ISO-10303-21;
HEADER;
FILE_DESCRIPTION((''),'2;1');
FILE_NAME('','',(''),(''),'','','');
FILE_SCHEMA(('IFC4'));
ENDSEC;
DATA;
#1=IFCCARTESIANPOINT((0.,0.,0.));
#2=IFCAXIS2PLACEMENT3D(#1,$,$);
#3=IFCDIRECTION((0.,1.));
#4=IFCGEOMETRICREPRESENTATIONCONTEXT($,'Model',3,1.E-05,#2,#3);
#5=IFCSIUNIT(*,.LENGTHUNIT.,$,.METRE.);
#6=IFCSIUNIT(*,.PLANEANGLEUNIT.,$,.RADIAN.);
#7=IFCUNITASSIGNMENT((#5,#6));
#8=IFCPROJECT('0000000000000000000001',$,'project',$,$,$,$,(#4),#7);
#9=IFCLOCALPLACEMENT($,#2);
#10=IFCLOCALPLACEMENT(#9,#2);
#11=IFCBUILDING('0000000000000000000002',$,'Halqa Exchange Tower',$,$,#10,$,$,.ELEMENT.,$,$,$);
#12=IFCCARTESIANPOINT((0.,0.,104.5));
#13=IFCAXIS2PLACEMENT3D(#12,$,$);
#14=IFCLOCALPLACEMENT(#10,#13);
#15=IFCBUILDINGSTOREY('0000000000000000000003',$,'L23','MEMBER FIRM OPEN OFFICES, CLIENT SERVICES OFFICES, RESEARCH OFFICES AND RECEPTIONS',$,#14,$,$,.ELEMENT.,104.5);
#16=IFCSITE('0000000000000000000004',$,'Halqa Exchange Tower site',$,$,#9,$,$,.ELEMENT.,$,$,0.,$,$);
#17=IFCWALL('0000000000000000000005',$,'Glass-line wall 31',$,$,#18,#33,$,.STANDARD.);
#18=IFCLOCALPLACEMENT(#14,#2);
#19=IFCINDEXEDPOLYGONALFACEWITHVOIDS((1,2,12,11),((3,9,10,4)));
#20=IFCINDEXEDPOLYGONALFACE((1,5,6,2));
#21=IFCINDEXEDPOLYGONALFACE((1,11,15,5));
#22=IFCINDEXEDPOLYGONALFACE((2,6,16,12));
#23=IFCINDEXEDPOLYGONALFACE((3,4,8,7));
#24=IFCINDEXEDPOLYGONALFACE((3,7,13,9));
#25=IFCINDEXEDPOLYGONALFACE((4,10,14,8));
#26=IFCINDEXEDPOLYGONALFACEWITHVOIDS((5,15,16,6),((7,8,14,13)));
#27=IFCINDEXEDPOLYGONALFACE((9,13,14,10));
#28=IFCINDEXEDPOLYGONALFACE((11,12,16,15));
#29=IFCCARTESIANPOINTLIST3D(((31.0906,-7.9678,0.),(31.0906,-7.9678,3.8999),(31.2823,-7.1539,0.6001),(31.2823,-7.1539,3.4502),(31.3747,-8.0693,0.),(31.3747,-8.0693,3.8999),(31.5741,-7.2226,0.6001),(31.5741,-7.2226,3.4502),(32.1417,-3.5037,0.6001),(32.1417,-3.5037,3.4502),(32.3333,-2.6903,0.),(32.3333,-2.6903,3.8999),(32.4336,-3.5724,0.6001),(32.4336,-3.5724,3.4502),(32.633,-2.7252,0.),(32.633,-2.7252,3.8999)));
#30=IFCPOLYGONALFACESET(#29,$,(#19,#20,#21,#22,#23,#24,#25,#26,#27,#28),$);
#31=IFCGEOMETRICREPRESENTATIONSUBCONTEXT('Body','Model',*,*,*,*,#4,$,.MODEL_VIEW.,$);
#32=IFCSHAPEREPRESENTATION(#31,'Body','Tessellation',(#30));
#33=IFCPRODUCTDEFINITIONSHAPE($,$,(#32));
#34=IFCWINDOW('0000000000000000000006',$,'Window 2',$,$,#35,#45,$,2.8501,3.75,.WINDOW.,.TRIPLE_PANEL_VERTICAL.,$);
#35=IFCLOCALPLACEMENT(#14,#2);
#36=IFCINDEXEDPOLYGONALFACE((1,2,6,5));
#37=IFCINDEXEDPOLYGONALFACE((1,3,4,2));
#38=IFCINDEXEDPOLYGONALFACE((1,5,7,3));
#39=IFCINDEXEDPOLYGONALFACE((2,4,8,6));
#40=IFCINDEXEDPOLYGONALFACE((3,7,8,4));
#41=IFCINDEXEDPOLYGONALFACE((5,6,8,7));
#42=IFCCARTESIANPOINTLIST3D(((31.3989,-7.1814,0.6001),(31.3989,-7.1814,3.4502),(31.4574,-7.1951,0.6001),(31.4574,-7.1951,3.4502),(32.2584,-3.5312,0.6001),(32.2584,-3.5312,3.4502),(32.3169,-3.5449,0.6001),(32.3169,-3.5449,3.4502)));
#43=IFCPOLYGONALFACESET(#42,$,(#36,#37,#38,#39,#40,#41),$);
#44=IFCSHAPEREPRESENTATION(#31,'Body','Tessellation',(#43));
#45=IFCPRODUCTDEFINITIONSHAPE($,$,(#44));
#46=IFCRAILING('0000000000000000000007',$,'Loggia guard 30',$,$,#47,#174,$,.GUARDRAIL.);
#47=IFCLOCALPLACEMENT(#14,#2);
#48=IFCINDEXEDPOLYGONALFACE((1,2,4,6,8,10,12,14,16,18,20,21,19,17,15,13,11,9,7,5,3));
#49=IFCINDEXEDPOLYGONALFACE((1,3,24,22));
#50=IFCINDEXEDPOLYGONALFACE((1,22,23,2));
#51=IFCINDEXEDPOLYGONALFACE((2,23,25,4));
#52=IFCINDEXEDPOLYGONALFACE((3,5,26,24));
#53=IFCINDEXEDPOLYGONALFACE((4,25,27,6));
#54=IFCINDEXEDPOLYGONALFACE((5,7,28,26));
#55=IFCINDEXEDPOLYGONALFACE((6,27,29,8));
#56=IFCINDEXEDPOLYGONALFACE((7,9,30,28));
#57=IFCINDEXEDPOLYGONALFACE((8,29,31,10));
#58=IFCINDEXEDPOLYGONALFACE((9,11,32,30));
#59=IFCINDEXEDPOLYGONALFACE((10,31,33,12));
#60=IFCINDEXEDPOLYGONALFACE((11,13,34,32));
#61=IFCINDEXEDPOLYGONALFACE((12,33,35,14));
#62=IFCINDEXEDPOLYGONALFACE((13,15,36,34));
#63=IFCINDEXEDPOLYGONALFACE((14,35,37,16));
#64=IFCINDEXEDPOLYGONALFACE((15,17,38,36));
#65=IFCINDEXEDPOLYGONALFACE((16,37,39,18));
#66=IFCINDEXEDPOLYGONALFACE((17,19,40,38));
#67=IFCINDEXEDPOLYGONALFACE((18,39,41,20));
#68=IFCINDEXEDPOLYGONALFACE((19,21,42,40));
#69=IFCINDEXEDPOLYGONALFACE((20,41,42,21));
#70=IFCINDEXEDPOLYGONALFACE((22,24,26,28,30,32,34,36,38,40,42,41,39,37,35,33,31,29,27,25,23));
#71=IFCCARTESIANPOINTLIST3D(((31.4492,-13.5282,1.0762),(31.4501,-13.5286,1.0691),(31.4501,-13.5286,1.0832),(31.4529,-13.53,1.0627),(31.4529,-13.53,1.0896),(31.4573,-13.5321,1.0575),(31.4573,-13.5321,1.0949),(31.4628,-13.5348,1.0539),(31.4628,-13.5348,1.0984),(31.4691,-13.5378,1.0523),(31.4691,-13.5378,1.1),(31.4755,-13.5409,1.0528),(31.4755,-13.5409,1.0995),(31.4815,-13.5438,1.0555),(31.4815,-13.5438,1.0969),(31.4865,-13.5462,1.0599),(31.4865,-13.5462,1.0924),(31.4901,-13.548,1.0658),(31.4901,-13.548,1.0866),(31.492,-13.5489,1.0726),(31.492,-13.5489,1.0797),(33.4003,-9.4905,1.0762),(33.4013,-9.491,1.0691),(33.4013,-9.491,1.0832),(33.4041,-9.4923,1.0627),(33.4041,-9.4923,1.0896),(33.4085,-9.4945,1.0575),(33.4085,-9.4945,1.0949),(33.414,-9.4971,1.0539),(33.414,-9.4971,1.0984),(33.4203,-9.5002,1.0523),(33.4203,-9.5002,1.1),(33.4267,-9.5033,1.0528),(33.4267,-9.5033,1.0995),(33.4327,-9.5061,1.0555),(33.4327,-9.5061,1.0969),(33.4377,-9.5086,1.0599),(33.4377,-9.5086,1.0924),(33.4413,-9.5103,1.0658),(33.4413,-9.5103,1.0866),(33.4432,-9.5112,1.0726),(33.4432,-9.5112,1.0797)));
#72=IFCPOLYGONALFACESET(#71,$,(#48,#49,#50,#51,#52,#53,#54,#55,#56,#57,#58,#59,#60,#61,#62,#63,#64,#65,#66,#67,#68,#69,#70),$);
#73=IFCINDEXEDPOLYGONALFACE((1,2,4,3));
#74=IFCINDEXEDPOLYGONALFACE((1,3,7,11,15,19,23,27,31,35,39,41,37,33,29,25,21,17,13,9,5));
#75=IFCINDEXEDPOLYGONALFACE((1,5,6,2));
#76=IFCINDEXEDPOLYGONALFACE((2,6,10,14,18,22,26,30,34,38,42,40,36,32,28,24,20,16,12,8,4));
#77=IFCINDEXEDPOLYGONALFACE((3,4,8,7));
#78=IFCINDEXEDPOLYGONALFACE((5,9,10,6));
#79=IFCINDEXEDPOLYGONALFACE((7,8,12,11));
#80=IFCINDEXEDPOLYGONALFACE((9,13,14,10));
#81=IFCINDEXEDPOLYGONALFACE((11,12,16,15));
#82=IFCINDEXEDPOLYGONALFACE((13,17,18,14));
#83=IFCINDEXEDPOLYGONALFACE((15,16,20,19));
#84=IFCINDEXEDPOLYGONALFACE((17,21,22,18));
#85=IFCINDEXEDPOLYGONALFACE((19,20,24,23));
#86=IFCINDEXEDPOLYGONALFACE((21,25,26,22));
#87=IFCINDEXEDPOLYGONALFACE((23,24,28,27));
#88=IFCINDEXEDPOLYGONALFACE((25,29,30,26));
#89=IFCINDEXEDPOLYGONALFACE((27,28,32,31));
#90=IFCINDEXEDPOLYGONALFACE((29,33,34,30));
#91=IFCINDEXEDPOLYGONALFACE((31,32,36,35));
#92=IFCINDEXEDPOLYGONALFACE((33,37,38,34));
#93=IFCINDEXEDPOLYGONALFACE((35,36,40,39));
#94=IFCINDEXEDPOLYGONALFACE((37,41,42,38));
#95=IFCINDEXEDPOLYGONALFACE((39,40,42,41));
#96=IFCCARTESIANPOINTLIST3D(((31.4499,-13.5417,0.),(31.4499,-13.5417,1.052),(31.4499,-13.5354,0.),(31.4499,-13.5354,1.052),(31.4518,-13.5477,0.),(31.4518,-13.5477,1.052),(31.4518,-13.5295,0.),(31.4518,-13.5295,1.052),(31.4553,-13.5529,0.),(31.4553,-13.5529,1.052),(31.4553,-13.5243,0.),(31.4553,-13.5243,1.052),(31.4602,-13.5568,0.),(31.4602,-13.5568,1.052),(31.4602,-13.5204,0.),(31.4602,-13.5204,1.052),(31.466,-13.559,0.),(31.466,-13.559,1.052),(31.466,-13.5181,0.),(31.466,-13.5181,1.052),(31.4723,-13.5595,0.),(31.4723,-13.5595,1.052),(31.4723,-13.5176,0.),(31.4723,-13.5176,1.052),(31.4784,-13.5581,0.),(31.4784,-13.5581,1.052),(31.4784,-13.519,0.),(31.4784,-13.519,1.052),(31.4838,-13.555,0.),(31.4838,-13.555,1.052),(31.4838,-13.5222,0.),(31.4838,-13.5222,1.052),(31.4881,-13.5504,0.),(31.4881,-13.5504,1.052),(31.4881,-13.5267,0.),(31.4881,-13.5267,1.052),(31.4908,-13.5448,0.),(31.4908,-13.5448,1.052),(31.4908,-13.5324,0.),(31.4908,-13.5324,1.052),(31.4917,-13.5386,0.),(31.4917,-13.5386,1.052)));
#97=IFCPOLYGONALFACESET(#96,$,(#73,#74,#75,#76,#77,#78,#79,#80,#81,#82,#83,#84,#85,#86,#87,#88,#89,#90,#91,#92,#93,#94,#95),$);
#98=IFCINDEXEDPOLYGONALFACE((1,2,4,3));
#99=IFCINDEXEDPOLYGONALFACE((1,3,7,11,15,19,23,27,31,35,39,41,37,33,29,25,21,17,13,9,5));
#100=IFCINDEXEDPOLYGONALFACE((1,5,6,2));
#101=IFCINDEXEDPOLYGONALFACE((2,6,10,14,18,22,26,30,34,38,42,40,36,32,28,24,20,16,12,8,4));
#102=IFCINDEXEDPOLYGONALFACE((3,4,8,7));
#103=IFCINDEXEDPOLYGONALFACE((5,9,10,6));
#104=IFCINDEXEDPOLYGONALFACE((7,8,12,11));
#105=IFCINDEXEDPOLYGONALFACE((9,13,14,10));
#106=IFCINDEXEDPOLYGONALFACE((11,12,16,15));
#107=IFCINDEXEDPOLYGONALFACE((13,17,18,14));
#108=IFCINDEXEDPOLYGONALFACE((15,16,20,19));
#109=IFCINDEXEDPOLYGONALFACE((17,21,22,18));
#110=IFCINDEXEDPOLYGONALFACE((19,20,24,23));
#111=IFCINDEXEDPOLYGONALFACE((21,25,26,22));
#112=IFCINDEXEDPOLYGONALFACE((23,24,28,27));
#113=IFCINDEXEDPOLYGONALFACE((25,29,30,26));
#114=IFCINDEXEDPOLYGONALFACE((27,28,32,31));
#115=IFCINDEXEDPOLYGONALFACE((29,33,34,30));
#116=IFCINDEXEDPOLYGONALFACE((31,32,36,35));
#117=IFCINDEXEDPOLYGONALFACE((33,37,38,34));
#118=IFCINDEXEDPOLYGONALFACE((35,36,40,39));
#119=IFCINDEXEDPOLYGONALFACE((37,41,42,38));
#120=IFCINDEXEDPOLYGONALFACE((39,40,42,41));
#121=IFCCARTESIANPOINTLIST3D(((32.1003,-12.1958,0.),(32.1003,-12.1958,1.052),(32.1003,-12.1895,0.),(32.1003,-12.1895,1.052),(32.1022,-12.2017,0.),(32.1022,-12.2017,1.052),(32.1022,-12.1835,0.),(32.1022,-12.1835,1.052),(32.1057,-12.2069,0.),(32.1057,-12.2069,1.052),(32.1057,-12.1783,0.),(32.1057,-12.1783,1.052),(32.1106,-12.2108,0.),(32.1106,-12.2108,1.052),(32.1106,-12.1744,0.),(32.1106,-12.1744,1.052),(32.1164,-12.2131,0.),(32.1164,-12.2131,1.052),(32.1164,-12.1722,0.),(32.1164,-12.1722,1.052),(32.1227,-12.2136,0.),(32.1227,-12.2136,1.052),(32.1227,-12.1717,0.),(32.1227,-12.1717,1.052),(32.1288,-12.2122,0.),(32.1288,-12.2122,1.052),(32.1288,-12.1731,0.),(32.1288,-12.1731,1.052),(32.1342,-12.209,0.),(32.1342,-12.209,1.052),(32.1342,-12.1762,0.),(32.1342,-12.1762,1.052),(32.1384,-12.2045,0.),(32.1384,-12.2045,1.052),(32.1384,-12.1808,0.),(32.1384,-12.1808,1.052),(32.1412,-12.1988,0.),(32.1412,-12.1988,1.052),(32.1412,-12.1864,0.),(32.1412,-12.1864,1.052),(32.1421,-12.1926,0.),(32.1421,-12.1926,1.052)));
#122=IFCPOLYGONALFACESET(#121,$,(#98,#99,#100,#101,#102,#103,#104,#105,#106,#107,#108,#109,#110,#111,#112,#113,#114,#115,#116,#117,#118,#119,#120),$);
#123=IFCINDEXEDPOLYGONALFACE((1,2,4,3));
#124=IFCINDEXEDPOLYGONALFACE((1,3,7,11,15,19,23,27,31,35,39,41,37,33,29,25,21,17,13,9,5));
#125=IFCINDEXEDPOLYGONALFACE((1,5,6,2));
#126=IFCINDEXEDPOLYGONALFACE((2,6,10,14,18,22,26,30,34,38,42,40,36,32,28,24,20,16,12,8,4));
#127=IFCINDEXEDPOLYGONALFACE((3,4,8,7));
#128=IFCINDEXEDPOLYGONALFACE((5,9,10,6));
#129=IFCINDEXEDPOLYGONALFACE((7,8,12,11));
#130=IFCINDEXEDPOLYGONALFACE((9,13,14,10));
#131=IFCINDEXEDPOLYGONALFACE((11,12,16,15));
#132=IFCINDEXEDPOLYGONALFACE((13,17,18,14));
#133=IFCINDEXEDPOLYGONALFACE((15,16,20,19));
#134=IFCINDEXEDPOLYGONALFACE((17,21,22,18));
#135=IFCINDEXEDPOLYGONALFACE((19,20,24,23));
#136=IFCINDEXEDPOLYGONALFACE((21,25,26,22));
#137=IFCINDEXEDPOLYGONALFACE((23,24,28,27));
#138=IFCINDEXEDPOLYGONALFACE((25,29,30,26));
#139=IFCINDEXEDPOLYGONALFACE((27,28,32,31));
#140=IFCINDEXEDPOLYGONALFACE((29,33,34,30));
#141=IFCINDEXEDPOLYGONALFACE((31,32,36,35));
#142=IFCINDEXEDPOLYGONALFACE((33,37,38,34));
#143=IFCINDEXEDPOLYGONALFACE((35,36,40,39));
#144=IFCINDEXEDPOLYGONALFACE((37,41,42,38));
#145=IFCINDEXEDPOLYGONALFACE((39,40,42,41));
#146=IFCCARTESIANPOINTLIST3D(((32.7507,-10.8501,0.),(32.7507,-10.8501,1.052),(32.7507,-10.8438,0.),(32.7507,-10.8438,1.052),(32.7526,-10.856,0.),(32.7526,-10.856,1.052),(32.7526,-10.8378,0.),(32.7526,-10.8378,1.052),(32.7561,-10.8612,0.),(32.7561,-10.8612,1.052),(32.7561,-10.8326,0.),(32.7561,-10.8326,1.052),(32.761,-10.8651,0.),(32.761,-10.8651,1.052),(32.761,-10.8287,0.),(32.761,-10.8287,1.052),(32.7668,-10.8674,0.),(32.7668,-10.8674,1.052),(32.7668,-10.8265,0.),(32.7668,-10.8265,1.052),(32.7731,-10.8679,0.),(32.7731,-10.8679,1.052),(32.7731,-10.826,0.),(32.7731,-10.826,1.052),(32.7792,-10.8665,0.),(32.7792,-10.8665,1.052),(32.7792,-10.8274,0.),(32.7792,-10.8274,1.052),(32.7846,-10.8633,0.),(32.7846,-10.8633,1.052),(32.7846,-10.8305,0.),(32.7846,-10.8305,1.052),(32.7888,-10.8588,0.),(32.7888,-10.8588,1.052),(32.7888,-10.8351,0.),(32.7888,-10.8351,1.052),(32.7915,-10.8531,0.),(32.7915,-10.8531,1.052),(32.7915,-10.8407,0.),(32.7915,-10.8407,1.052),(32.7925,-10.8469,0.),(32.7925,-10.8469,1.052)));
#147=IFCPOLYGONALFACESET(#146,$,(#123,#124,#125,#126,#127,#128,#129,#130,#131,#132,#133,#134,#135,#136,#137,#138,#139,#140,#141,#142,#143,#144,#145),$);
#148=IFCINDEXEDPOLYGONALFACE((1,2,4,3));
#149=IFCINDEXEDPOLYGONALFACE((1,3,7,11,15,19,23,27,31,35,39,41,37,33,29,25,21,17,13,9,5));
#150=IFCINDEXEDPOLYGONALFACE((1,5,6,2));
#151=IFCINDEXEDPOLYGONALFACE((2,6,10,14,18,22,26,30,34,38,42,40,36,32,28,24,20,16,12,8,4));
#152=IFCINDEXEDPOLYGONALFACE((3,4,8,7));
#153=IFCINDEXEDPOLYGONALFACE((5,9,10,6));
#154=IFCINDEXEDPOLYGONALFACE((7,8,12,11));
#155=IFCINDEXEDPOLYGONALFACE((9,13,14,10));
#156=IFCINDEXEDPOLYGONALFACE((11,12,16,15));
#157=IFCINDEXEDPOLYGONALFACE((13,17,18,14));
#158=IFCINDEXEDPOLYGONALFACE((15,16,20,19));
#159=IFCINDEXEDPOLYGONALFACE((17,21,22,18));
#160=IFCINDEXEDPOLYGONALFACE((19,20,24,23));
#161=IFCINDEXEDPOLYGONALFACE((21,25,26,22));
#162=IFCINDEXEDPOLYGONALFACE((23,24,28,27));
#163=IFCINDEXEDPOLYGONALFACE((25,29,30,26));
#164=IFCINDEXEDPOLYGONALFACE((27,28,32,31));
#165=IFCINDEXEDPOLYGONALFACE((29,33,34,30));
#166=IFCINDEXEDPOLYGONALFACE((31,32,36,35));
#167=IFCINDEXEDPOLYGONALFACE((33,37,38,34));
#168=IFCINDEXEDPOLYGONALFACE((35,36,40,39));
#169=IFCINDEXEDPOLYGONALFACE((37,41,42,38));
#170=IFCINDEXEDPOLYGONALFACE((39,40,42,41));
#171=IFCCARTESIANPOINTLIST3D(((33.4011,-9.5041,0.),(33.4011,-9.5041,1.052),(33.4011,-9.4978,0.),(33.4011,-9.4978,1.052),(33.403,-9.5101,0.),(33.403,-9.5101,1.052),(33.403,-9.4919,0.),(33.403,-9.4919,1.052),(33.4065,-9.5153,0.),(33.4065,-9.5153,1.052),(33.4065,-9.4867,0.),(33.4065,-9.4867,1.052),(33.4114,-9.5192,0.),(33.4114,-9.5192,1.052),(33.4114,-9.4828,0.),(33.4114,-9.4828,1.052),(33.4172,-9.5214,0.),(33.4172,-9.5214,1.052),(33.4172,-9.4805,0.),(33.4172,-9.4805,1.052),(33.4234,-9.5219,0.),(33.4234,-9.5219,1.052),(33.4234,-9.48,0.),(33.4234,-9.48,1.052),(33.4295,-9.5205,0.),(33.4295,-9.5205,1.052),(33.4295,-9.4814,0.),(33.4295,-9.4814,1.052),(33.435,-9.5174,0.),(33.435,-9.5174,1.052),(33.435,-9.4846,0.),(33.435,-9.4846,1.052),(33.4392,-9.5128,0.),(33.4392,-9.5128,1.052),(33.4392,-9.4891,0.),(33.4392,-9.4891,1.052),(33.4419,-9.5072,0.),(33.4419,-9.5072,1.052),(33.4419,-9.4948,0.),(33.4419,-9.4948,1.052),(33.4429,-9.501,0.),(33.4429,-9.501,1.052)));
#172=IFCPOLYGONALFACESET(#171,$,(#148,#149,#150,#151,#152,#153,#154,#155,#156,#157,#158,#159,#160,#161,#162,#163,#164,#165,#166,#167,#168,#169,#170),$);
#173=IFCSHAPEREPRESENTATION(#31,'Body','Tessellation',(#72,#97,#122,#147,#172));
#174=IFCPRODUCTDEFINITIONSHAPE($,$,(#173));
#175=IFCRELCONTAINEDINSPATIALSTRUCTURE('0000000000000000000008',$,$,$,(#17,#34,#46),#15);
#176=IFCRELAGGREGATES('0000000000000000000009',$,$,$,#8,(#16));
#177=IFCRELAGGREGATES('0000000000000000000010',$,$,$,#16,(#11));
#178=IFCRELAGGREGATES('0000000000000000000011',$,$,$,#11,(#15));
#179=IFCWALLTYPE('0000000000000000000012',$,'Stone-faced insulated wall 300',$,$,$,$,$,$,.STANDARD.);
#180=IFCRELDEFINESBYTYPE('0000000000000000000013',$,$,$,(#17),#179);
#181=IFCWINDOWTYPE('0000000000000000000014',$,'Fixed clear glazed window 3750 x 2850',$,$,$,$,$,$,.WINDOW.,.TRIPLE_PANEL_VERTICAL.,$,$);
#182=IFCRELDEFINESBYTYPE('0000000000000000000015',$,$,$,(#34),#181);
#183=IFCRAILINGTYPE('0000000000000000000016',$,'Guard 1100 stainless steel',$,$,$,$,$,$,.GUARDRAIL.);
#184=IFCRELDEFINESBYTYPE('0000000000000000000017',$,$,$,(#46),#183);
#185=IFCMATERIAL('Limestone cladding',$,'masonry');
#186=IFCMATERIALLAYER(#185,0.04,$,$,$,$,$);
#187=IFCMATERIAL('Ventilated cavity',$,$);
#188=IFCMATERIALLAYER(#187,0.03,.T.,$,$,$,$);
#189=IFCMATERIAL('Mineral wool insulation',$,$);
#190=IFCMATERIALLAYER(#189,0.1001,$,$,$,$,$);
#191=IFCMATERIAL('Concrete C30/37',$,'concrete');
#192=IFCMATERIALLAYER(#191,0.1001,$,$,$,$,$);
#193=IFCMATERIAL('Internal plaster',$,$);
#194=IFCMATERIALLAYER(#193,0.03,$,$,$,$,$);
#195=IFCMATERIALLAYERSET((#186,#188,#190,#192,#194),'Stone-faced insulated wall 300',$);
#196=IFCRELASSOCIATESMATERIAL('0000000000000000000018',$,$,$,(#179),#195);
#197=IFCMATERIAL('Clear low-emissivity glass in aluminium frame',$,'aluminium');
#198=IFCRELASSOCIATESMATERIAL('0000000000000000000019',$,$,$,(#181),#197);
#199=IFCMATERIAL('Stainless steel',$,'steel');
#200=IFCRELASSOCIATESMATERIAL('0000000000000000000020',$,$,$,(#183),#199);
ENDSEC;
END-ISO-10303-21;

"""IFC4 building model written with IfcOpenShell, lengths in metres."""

from ifc_helpers import new_model, si_unit, direction, frame, frame_2d, origin, origin_2d, place, context, subcontext, project, spatial, polyline, rectangle, circle, outline, extrude, material, layer, layer_set, type_object, element, fill, save


model = new_model("IFC4")

# Units and contexts
model_context = context("Model", 3, precision=1e-05, world=origin(), true_north=direction((0.0, 1.0)))
body_context = subcontext(model_context, "Body", "Model", "MODEL_VIEW")
ifc_project = project(units=[si_unit("LENGTHUNIT", "METRE"), si_unit("PLANEANGLEUNIT", "RADIAN")], contexts=[model_context])

# Site, building, storey
site_placement = place(None, origin())
site = spatial("IfcSite", under=ifc_project, at=site_placement, Name="Halqa Exchange Tower site", CompositionType="ELEMENT", RefElevation=0.0)
building_placement = place(site_placement, origin())
building = spatial("IfcBuilding", under=site, at=building_placement, Name="Halqa Exchange Tower", CompositionType="ELEMENT")
storey_placement = place(building_placement, frame((0.0, 0.0, 104.5)))
storey = spatial("IfcBuildingStorey", under=building, at=storey_placement, Name="L23", Description="MEMBER FIRM OPEN OFFICES, CLIENT SERVICES OFFICES, RESEARCH OFFICES AND RECEPTIONS", CompositionType="ELEMENT", Elevation=104.5)

# Wall, opening, window
ifc_material_1 = material(Name="Limestone cladding", Category="masonry")
ifc_layer_1 = layer(ifc_material_1, 0.04)
ifc_material_2 = material(Name="Ventilated cavity")
ifc_layer_2 = layer(ifc_material_2, 0.03, ventilated=True)
ifc_material_3 = material(Name="Mineral wool insulation")
ifc_layer_3 = layer(ifc_material_3, 0.1001)
ifc_material_4 = material(Name="Concrete C30/37", Category="concrete")
ifc_layer_4 = layer(ifc_material_4, 0.1001)
ifc_material_5 = material(Name="Internal plaster")
ifc_layer_5 = layer(ifc_material_5, 0.03)
ifc_layer_set_1 = layer_set([ifc_layer_1, ifc_layer_2, ifc_layer_3, ifc_layer_4, ifc_layer_5], Name="Stone-faced insulated wall 300")
wall_type_1 = type_object("IfcWallType", Name="Stone-faced insulated wall 300", PredefinedType="STANDARD", material=ifc_layer_set_1)
ifc_material_6 = material(Name="Clear low-emissivity glass in aluminium frame", Category="aluminium")
window_type = type_object("IfcWindowType", Name="Fixed clear glazed window 3750 x 2850", PartitioningType="TRIPLE_PANEL_VERTICAL", PredefinedType="WINDOW", material=ifc_material_6)
wall_1_placement = place(storey_placement, frame((31.2327, -8.0186, 0.0), z_axis=(0.0, 0.0, 1.0), x_axis=(0.229194, 0.973381, 0.0)))
wall_1 = element("IfcWall", 1, at=wall_1_placement, inside=storey, type_object=wall_type_1, Name="Glass-line wall 31", PredefinedType="STANDARD", context=body_context, shape_type="SweptSolid", body=[
    extrude(outline(polyline([(-0.0168, -0.1499), (5.4734, -0.1499), (5.4387, 0.1499), (0.0168, 0.1499), (-0.0168, -0.1499)])), origin(), (0.0, 0.0, 1.0), 3.8999),
])
opening_1_placement = place(wall_1_placement, frame((0.853, 0.0, 0.6001)))
opening_1 = element("IfcOpeningElement", 2, at=opening_1_placement, cuts=wall_1, PredefinedType="OPENING", context=body_context, shape_type="SweptSolid", body=[
    extrude(rectangle(XDim=3.75, YDim=2.8501, at=frame_2d((1.875, 1.425))), frame((0.0, 0.1621, 0.0), z_axis=(0.0, -1.0, 0.0), x_axis=(1.0, 0.0, 0.0)), (0.0, 0.0, 1.0), 0.324),
])
window_1_placement = place(opening_1_placement, origin())
window_1 = element("IfcWindow", 3, at=window_1_placement, inside=storey, type_object=window_type, Name="Window 2", OverallHeight=2.8501, OverallWidth=3.75, PartitioningType="TRIPLE_PANEL_VERTICAL", PredefinedType="WINDOW", context=body_context, shape_type="SweptSolid", body=[
    extrude(rectangle(XDim=3.75, YDim=2.8501, at=frame_2d((1.875, 1.425))), frame((0.0, 0.03, 0.0), z_axis=(0.0, -1.0, 0.0), x_axis=(1.0, 0.0, 0.0)), (0.0, 0.0, 1.0), 0.0601),
])
fill(opening_1, window_1)

# Railing
ifc_material_7 = material(Name="Stainless steel", Category="steel")
railing_type = type_object("IfcRailingType", Name="Guard 1100 stainless steel", PredefinedType="GUARDRAIL", material=ifc_material_7)
railing_1_placement = place(storey_placement, frame((31.4707, -13.5386, 0.0)))
element("IfcRailing", 4, at=railing_1_placement, inside=storey, type_object=railing_type, Name="Loggia guard 30", PredefinedType="GUARDRAIL", context=body_context, shape_type="SweptSolid", body=[
    extrude(circle(Radius=0.0239, at=origin_2d()), frame((0.0, 0.0, 1.0762), z_axis=(0.435108, 0.900378, 0.0), x_axis=(-0.900378, 0.435108, 0.0)), (0.0, 0.0, 1.0), 4.4844),
    extrude(circle(Radius=0.021, at=origin_2d()), origin(), (0.0, 0.0, 1.0), 1.052),
    extrude(circle(Radius=0.021, at=origin_2d()), frame((0.6504, 1.3459, 0.0)), (0.0, 0.0, 1.0), 1.052),
    extrude(circle(Radius=0.021, at=origin_2d()), frame((1.3008, 2.6917, 0.0)), (0.0, 0.0, 1.0), 1.052),
    extrude(circle(Radius=0.021, at=origin_2d()), frame((1.9512, 4.0376, 0.0)), (0.0, 0.0, 1.0), 1.052),
])

save(model, "model.ifc")
